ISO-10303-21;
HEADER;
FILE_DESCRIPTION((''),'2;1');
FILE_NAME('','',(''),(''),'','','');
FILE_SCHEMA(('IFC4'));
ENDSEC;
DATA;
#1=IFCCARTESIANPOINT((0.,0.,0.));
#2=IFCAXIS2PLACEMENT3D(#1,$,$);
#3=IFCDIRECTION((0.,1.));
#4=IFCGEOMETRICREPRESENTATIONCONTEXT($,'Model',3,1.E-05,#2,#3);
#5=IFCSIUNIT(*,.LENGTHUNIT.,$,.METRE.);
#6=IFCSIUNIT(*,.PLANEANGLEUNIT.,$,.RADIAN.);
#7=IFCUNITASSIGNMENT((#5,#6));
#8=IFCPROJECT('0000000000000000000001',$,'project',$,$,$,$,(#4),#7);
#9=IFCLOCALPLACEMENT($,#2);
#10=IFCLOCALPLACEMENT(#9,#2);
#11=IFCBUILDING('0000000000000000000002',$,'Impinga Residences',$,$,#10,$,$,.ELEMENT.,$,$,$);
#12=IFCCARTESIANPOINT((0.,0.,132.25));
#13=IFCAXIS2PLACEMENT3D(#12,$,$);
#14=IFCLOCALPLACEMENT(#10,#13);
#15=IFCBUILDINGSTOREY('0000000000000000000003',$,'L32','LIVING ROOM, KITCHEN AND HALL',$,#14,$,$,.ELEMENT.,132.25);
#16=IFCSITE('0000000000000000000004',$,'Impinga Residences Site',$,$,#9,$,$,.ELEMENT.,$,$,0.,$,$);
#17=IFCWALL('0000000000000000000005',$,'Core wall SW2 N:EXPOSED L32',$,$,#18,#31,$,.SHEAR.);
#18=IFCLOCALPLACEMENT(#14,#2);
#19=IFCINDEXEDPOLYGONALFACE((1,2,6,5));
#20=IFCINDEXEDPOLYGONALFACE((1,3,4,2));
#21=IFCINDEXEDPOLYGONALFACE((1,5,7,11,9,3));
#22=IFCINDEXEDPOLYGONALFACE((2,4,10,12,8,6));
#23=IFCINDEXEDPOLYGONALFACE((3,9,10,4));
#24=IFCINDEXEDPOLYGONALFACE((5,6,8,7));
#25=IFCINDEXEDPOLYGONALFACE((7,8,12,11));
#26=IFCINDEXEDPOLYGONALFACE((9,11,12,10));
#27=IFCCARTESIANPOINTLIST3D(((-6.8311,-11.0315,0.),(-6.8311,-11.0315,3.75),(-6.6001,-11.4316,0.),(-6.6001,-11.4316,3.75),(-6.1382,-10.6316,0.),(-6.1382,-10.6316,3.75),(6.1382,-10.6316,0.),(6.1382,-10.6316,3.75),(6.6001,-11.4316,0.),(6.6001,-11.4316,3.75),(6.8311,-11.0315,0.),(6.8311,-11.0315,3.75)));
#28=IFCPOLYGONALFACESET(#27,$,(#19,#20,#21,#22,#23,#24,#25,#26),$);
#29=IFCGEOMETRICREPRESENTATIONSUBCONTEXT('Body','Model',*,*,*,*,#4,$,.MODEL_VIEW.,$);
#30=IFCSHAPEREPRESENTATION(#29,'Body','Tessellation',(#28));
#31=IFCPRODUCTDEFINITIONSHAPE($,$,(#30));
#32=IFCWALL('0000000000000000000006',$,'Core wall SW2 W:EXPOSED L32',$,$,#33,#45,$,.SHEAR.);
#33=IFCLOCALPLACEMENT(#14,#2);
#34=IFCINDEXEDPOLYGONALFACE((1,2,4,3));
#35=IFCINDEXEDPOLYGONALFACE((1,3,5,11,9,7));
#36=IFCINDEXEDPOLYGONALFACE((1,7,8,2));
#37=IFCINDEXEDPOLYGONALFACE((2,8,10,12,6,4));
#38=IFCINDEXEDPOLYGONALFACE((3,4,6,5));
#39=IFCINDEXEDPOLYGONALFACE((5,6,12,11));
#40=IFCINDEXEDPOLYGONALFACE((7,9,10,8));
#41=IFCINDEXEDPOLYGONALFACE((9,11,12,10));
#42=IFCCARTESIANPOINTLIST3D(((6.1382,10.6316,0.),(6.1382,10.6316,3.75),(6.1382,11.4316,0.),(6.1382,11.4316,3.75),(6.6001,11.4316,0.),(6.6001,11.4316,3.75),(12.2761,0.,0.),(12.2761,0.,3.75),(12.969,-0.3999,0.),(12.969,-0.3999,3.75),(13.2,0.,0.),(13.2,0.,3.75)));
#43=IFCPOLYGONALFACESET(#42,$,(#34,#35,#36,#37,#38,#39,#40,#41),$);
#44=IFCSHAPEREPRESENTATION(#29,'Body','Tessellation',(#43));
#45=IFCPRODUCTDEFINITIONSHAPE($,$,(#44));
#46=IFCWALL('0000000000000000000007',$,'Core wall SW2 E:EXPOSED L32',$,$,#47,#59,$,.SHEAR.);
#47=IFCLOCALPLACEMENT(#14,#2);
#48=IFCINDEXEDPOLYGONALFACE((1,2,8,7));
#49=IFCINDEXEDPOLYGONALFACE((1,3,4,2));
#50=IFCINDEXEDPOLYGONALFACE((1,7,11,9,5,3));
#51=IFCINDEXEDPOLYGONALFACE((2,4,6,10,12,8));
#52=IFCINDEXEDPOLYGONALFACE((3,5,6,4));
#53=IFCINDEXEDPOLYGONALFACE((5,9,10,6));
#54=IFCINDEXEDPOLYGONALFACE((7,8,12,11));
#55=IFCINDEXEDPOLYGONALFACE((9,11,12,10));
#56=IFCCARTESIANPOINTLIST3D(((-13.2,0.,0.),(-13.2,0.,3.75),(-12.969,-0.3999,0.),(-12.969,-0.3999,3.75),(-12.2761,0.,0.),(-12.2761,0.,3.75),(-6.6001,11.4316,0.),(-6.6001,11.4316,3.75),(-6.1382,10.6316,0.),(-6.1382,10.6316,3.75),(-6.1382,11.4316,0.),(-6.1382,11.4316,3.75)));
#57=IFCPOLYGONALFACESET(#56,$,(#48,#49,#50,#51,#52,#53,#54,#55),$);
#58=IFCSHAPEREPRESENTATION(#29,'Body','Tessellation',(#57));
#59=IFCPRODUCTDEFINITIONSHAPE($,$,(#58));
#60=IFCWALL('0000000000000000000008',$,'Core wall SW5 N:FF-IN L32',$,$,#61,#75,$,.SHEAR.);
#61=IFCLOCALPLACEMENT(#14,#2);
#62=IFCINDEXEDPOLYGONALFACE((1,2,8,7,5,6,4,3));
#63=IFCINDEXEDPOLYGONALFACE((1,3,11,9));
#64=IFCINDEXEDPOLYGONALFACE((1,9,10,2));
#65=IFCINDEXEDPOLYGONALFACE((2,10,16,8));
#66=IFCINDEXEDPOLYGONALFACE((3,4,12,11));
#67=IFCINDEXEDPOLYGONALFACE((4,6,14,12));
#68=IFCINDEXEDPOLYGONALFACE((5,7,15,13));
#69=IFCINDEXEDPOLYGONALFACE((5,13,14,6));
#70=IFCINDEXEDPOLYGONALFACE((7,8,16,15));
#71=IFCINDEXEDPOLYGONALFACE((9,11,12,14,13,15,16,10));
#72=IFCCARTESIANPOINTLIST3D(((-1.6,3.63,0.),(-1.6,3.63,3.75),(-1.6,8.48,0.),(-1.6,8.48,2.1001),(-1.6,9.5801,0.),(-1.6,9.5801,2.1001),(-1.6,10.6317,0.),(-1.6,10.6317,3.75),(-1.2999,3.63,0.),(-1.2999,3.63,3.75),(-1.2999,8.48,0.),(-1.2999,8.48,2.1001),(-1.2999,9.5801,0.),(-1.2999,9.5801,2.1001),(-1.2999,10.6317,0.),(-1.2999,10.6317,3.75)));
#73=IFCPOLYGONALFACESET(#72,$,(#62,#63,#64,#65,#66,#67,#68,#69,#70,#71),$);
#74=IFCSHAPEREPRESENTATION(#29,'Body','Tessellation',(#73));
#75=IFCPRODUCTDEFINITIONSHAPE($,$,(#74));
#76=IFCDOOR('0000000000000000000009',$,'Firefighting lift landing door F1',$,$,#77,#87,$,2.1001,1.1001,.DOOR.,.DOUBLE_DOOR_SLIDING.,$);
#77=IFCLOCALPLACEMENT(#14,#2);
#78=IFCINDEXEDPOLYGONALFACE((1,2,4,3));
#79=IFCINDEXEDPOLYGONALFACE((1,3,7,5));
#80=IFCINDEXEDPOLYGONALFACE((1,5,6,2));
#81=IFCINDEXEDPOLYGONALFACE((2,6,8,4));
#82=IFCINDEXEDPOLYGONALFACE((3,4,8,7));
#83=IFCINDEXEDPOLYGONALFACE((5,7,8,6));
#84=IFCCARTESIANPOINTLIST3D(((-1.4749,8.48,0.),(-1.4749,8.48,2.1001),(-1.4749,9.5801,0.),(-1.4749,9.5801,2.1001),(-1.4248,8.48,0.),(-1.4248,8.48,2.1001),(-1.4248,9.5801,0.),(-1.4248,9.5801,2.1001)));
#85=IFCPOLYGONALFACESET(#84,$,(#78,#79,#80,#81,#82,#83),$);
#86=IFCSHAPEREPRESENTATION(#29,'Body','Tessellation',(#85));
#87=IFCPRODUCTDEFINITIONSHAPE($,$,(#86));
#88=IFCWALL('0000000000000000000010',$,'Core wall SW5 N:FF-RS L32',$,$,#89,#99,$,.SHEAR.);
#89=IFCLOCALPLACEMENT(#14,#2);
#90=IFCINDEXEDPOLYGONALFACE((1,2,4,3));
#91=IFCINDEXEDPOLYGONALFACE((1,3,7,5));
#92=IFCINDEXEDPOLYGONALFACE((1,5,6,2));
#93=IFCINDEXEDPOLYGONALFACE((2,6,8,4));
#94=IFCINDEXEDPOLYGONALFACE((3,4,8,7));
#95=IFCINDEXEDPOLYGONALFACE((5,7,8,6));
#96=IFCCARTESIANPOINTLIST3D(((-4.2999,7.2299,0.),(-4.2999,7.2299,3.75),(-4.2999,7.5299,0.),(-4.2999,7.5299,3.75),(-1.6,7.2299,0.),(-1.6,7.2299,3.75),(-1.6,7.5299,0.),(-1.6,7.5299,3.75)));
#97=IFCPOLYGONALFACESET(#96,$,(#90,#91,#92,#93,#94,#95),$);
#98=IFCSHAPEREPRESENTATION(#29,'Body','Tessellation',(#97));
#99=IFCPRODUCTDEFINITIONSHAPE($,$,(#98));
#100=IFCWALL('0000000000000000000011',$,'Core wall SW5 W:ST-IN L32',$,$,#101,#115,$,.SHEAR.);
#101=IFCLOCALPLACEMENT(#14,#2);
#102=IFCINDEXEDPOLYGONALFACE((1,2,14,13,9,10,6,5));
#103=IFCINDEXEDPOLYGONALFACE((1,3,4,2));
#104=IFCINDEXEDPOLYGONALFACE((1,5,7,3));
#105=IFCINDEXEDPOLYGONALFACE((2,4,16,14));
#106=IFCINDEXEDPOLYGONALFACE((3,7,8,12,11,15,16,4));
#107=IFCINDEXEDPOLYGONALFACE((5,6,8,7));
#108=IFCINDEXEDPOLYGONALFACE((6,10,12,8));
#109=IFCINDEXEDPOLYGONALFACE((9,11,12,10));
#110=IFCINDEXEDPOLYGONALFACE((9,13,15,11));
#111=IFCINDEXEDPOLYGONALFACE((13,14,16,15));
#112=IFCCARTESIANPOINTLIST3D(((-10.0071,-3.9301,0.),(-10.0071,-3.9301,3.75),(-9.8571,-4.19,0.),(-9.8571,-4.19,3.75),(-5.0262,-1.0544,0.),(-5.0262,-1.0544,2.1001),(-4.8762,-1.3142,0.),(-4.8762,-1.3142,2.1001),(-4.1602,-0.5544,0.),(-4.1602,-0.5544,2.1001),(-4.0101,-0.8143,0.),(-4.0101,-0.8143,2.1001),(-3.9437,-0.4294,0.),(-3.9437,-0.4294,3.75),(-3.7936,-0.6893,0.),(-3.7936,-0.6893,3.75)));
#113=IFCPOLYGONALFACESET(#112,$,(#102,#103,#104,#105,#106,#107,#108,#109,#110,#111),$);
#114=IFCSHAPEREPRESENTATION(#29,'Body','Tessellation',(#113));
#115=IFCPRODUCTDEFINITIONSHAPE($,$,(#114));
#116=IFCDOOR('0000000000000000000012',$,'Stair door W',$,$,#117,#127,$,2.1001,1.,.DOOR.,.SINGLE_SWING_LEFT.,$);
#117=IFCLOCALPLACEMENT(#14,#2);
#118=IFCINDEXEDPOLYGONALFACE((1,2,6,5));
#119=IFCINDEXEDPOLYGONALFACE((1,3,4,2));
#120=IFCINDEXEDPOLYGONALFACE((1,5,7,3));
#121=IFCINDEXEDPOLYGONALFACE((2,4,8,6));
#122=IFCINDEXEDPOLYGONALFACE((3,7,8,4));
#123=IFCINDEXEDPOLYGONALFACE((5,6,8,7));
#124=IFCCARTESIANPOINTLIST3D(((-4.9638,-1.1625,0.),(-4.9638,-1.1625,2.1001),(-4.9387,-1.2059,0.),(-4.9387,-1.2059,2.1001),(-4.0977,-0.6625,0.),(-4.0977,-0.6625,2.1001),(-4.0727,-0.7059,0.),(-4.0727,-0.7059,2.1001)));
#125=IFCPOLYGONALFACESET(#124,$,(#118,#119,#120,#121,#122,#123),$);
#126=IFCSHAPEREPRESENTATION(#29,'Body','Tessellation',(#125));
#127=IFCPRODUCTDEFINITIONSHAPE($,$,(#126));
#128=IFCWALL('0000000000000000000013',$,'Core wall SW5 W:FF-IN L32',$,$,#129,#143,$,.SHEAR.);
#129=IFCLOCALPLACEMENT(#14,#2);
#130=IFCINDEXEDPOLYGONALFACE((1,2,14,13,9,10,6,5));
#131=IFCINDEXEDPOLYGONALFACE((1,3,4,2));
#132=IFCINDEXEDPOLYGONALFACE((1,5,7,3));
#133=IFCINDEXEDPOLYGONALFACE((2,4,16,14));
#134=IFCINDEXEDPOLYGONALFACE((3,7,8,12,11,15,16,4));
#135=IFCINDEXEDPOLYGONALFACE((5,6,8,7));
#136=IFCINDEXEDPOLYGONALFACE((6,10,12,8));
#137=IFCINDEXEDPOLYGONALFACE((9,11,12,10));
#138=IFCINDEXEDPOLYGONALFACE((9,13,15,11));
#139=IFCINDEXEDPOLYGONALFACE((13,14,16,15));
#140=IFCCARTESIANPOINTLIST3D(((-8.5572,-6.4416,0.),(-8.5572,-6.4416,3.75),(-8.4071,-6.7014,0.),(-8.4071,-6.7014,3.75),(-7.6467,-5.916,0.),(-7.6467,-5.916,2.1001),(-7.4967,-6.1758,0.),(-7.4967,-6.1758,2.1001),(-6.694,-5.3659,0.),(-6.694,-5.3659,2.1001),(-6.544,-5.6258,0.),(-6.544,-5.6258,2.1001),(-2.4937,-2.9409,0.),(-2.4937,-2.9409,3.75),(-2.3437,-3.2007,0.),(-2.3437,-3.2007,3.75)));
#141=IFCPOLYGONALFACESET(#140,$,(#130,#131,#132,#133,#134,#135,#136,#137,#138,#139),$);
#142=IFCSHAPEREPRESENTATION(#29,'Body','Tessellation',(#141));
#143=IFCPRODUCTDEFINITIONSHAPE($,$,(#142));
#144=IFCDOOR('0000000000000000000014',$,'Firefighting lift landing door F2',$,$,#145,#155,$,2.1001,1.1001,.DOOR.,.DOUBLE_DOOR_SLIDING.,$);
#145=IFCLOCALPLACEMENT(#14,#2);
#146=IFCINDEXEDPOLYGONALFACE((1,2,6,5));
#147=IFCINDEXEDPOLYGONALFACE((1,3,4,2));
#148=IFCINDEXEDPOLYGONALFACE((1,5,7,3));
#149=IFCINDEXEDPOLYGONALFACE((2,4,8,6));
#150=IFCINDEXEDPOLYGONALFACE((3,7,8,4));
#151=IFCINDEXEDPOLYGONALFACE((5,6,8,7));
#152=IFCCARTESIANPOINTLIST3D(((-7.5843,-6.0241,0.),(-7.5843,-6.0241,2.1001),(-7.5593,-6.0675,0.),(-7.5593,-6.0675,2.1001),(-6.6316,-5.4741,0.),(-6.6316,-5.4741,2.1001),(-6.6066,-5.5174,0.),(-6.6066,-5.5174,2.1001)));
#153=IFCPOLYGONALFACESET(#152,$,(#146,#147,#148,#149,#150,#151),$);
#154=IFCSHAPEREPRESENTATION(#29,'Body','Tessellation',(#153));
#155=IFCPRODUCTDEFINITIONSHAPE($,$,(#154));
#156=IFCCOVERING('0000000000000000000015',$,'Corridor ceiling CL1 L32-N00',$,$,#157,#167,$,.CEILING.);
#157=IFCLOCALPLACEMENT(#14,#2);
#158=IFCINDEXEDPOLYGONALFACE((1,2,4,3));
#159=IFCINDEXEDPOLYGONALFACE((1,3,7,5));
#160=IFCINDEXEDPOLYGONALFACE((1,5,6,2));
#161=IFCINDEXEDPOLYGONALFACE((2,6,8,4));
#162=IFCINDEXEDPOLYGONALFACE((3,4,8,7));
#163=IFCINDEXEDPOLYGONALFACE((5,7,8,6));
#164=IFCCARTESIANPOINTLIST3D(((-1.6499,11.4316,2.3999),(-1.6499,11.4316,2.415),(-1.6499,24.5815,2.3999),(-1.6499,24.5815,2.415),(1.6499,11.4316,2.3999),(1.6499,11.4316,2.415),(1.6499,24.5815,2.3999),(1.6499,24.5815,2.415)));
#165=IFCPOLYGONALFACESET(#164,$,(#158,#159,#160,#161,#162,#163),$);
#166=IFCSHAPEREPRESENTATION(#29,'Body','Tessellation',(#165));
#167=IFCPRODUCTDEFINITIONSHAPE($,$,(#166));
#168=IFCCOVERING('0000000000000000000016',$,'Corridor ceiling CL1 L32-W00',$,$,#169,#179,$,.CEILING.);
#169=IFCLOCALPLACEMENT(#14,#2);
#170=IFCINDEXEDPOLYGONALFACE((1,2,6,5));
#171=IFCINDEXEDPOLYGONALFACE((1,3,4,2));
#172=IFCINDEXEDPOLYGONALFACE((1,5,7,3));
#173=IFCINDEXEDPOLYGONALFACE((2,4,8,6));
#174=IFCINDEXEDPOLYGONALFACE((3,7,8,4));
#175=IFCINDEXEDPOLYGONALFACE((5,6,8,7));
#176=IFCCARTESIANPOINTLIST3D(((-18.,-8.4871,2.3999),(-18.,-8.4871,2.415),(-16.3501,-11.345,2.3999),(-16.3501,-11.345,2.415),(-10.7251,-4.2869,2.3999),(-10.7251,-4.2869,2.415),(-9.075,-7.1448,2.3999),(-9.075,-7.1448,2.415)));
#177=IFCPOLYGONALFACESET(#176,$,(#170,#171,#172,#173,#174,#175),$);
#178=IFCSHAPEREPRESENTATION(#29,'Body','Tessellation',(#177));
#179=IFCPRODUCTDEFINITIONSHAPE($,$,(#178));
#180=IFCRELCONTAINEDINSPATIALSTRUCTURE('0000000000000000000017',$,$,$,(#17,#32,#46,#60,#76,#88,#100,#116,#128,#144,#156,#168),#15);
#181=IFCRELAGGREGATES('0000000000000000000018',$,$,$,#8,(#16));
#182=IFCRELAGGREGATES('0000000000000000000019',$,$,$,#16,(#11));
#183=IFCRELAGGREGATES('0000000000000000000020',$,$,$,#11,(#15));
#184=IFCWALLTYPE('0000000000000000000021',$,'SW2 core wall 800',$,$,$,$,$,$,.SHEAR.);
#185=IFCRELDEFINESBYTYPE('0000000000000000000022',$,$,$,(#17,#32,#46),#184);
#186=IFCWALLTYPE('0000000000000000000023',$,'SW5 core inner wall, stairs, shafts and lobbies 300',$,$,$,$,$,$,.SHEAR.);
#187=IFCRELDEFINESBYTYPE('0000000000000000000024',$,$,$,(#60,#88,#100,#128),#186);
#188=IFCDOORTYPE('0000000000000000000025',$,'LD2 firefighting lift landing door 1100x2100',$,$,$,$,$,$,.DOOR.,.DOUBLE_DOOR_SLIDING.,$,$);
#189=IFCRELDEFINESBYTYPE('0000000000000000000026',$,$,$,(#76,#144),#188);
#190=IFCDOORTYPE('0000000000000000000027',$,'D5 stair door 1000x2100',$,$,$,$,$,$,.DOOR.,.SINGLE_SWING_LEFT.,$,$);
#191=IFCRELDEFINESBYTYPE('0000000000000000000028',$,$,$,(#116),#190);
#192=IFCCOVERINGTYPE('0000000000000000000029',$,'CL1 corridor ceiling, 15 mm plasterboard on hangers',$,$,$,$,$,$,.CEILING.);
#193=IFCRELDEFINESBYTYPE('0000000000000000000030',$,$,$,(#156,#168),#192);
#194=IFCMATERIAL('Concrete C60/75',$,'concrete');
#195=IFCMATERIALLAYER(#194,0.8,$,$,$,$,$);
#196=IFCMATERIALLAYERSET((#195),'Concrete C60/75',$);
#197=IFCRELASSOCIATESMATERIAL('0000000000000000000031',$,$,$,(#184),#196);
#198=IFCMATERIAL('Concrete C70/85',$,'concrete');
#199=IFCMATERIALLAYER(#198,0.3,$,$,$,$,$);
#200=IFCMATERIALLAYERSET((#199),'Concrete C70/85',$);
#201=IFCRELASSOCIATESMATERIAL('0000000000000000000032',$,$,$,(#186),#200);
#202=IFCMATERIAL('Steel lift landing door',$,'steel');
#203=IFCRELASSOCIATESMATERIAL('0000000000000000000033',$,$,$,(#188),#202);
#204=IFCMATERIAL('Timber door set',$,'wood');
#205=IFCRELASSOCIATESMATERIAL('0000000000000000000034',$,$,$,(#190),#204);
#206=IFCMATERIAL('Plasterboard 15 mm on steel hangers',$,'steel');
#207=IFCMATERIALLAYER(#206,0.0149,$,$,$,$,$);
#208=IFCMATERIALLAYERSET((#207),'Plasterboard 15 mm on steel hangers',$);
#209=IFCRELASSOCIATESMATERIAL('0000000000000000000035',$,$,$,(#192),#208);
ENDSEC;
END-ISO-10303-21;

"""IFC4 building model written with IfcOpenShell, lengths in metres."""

from ifc_helpers import new_model, si_unit, direction, frame, frame_2d, origin, place, context, subcontext, project, spatial, polyline, rectangle, outline, extrude, material, layer, layer_set, type_object, element, fill, save


model = new_model("IFC4")

# Units and contexts
model_context = context("Model", 3, precision=1e-05, world=origin(), true_north=direction((0.0, 1.0)))
body_context = subcontext(model_context, "Body", "Model", "MODEL_VIEW")
ifc_project = project(units=[si_unit("LENGTHUNIT", "METRE"), si_unit("PLANEANGLEUNIT", "RADIAN")], contexts=[model_context])

# Site, building, storey
site_placement = place(None, origin())
site = spatial("IfcSite", under=ifc_project, at=site_placement, Name="Impinga Residences Site", CompositionType="ELEMENT", RefElevation=0.0)
building_placement = place(site_placement, origin())
building = spatial("IfcBuilding", under=site, at=building_placement, Name="Impinga Residences", CompositionType="ELEMENT")
storey_placement = place(building_placement, frame((0.0, 0.0, 132.25)))
storey = spatial("IfcBuildingStorey", under=building, at=storey_placement, Name="L32", Description="LIVING ROOM, KITCHEN AND HALL", CompositionType="ELEMENT", Elevation=132.25)

# Shared definitions
ifc_material_1 = material(Name="Concrete C60/75", Category="concrete")

# Walls
ifc_layer_1 = layer(ifc_material_1, 0.8)
ifc_layer_set_1 = layer_set([ifc_layer_1], Name="Concrete C60/75")
wall_type_1 = type_object("IfcWallType", Name="SW2 core wall 800", PredefinedType="SHEAR", material=ifc_layer_set_1)
wall_1_placement = place(storey_placement, origin())
element("IfcWall", 1, at=wall_1_placement, inside=storey, type_object=wall_type_1, Name="Core wall SW2 N:EXPOSED L32", PredefinedType="SHEAR", context=body_context, shape_type="SweptSolid", body=[
    extrude(outline(polyline([(-6.6001, -11.4316), (6.6001, -11.4316), (6.8311, -11.0315), (6.1382, -10.6316), (-6.1382, -10.6316), (-6.8311, -11.0315), (-6.6001, -11.4316)])), origin(), (0.0, 0.0, 1.0), 3.75),
])
wall_2_placement = place(storey_placement, origin())
element("IfcWall", 2, at=wall_2_placement, inside=storey, type_object=wall_type_1, Name="Core wall SW2 W:EXPOSED L32", PredefinedType="SHEAR", context=body_context, shape_type="SweptSolid", body=[
    extrude(outline(polyline([(13.2, 0.0), (6.6001, 11.4316), (6.1382, 11.4316), (6.1382, 10.6316), (12.2761, 0.0), (12.969, -0.3999), (13.2, 0.0)])), origin(), (0.0, 0.0, 1.0), 3.75),
])
wall_3_placement = place(storey_placement, origin())
element("IfcWall", 3, at=wall_3_placement, inside=storey, type_object=wall_type_1, Name="Core wall SW2 E:EXPOSED L32", PredefinedType="SHEAR", context=body_context, shape_type="SweptSolid", body=[
    extrude(outline(polyline([(-6.6001, 11.4316), (-13.2, 0.0), (-12.969, -0.3999), (-12.2761, 0.0), (-6.1382, 10.6316), (-6.1382, 11.4316), (-6.6001, 11.4316)])), origin(), (0.0, 0.0, 1.0), 3.75),
])

# Wall, opening, door
ifc_material_2 = material(Name="Concrete C70/85", Category="concrete")
ifc_layer_2 = layer(ifc_material_2, 0.3)
ifc_layer_set_2 = layer_set([ifc_layer_2], Name="Concrete C70/85")
wall_type_2 = type_object("IfcWallType", Name="SW5 core inner wall, stairs, shafts and lobbies 300", PredefinedType="SHEAR", material=ifc_layer_set_2)
wall_4_placement = place(storey_placement, frame((-1.45, 3.6299, 0.0), z_axis=(0.0, 0.0, 1.0), x_axis=(0.0, 1.0, 0.0)))
wall_4 = element("IfcWall", 4, at=wall_4_placement, inside=storey, type_object=wall_type_2, Name="Core wall SW5 N:FF-IN L32", PredefinedType="SHEAR", context=body_context, shape_type="SweptSolid", body=[
    extrude(rectangle(XDim=7.0017, YDim=0.3, at=frame_2d((3.501, 0.0))), origin(), (0.0, 0.0, 1.0), 3.75),
])
opening_1_placement = place(wall_4_placement, frame((4.8501, 0.0, 0.0)))
opening_1 = element("IfcOpeningElement", 5, at=opening_1_placement, cuts=wall_4, PredefinedType="OPENING", context=body_context, shape_type="SweptSolid", body=[
    extrude(rectangle(XDim=1.1001, YDim=2.1001, at=frame_2d((0.55, 1.05))), frame((0.0, 0.1599, 0.0), z_axis=(0.0, -1.0, 0.0), x_axis=(1.0, 0.0, 0.0)), (0.0, 0.0, 1.0), 0.3201),
])
ifc_material_3 = material(Name="Steel lift landing door", Category="steel")
door_type_1 = type_object("IfcDoorType", Name="LD2 firefighting lift landing door 1100x2100", OperationType="DOUBLE_DOOR_SLIDING", PredefinedType="DOOR", material=ifc_material_3)
door_1_placement = place(opening_1_placement, origin())
door_1 = element("IfcDoor", 6, at=door_1_placement, inside=storey, type_object=door_type_1, Name="Firefighting lift landing door F1", OperationType="DOUBLE_DOOR_SLIDING", OverallHeight=2.1001, OverallWidth=1.1001, PredefinedType="DOOR", context=body_context, shape_type="SweptSolid", body=[
    extrude(rectangle(XDim=1.1001, YDim=2.1001, at=frame_2d((0.55, 1.05))), frame((0.0, 0.0249, 0.0), z_axis=(0.0, -1.0, 0.0), x_axis=(1.0, 0.0, 0.0)), (0.0, 0.0, 1.0), 0.05),
])
fill(opening_1, door_1)

# Wall
wall_5_placement = place(storey_placement, frame((-4.3, 7.3799, 0.0), z_axis=(0.0, 0.0, 1.0), x_axis=(1.0, 0.0, 0.0)))
element("IfcWall", 7, at=wall_5_placement, inside=storey, type_object=wall_type_2, Name="Core wall SW5 N:FF-RS L32", PredefinedType="SHEAR", context=body_context, shape_type="SweptSolid", body=[
    extrude(rectangle(XDim=2.7, YDim=0.3, at=frame_2d((1.3501, 0.0))), origin(), (0.0, 0.0, 1.0), 3.75),
])

# Walls, openings, doors
wall_6_placement = place(storey_placement, frame((-3.8687, -0.5593, 0.0), z_axis=(0.0, 0.0, 1.0), x_axis=(-0.866026, -0.499998, 0.0)))
wall_6 = element("IfcWall", 8, at=wall_6_placement, inside=storey, type_object=wall_type_2, Name="Core wall SW5 W:ST-IN L32", PredefinedType="SHEAR", context=body_context, shape_type="SweptSolid", body=[
    extrude(rectangle(XDim=7.0015, YDim=0.3, at=frame_2d((3.5007, 0.0))), origin(), (0.0, 0.0, 1.0), 3.75),
])
opening_2_placement = place(wall_6_placement, frame((0.25, 0.0, 0.0)))
opening_2 = element("IfcOpeningElement", 9, at=opening_2_placement, cuts=wall_6, PredefinedType="OPENING", context=body_context, shape_type="SweptSolid", body=[
    extrude(rectangle(XDim=1.0, YDim=2.1001, at=frame_2d((0.5, 1.05))), frame((0.0, 0.1599, 0.0), z_axis=(0.0, -1.0, 0.0), x_axis=(1.0, 0.0, 0.0)), (0.0, 0.0, 1.0), 0.3201),
])
ifc_material_4 = material(Name="Timber door set", Category="wood")
door_type_2 = type_object("IfcDoorType", Name="D5 stair door 1000x2100", OperationType="SINGLE_SWING_LEFT", PredefinedType="DOOR", material=ifc_material_4)
door_2_placement = place(opening_2_placement, origin())
door_2 = element("IfcDoor", 10, at=door_2_placement, inside=storey, type_object=door_type_2, Name="Stair door W", OperationType="SINGLE_SWING_LEFT", OverallHeight=2.1001, OverallWidth=1.0, PredefinedType="DOOR", context=body_context, shape_type="SweptSolid", body=[
    extrude(rectangle(XDim=1.0, YDim=2.1001, at=frame_2d((0.5, 1.05))), frame((0.0, 0.0249, 0.0), z_axis=(0.0, -1.0, 0.0), x_axis=(1.0, 0.0, 0.0)), (0.0, 0.0, 1.0), 0.05),
])
fill(opening_2, door_2)
wall_7_placement = place(storey_placement, frame((-2.4187, -3.0708, 0.0), z_axis=(0.0, 0.0, 1.0), x_axis=(-0.866026, -0.499998, 0.0)))
wall_7 = element("IfcWall", 11, at=wall_7_placement, inside=storey, type_object=wall_type_2, Name="Core wall SW5 W:FF-IN L32", PredefinedType="SHEAR", context=body_context, shape_type="SweptSolid", body=[
    extrude(rectangle(XDim=7.0015, YDim=0.3, at=frame_2d((3.5007, 0.0))), origin(), (0.0, 0.0, 1.0), 3.75),
])
opening_3_placement = place(wall_7_placement, frame((4.8501, 0.0, 0.0)))
opening_3 = element("IfcOpeningElement", 12, at=opening_3_placement, cuts=wall_7, PredefinedType="OPENING", context=body_context, shape_type="SweptSolid", body=[
    extrude(rectangle(XDim=1.1001, YDim=2.1001, at=frame_2d((0.55, 1.05))), frame((0.0, 0.1599, 0.0), z_axis=(0.0, -1.0, 0.0), x_axis=(1.0, 0.0, 0.0)), (0.0, 0.0, 1.0), 0.3201),
])
door_3_placement = place(opening_3_placement, origin())
door_3 = element("IfcDoor", 13, at=door_3_placement, inside=storey, type_object=door_type_1, Name="Firefighting lift landing door F2", OperationType="DOUBLE_DOOR_SLIDING", OverallHeight=2.1001, OverallWidth=1.1001, PredefinedType="DOOR", context=body_context, shape_type="SweptSolid", body=[
    extrude(rectangle(XDim=1.1001, YDim=2.1001, at=frame_2d((0.55, 1.05))), frame((0.0, 0.0249, 0.0), z_axis=(0.0, -1.0, 0.0), x_axis=(1.0, 0.0, 0.0)), (0.0, 0.0, 1.0), 0.05),
])
fill(opening_3, door_3)

# Coverings
ifc_material_5 = material(Name="Plasterboard 15 mm on steel hangers", Category="steel")
ifc_layer_3 = layer(ifc_material_5, 0.0149)
ifc_layer_set_3 = layer_set([ifc_layer_3], Name="Plasterboard 15 mm on steel hangers")
covering_type_1 = type_object("IfcCoveringType", Name="CL1 corridor ceiling, 15 mm plasterboard on hangers", PredefinedType="CEILING", material=ifc_layer_set_3)
covering_1_placement = place(storey_placement, frame((0.0, 0.0, 2.3999)))
element("IfcCovering", 14, at=covering_1_placement, inside=storey, type_object=covering_type_1, Name="Corridor ceiling CL1 L32-N00", PredefinedType="CEILING", context=body_context, shape_type="SweptSolid", body=[
    extrude(outline(polyline([(-1.6499, 11.4316), (1.6499, 11.4316), (1.6499, 24.5815), (-1.6499, 24.5815), (-1.6499, 11.4316)])), origin(), (0.0, 0.0, 1.0), 0.0151),
])
covering_2_placement = place(storey_placement, frame((0.0, 0.0, 2.3999)))
element("IfcCovering", 15, at=covering_2_placement, inside=storey, type_object=covering_type_1, Name="Corridor ceiling CL1 L32-W00", PredefinedType="CEILING", context=body_context, shape_type="SweptSolid", body=[
    extrude(outline(polyline([(-10.7251, -4.2869), (-9.075, -7.1448), (-16.3501, -11.345), (-18.0, -8.4871), (-10.7251, -4.2869)])), origin(), (0.0, 0.0, 1.0), 0.0151),
])

save(model, "model.ifc")
